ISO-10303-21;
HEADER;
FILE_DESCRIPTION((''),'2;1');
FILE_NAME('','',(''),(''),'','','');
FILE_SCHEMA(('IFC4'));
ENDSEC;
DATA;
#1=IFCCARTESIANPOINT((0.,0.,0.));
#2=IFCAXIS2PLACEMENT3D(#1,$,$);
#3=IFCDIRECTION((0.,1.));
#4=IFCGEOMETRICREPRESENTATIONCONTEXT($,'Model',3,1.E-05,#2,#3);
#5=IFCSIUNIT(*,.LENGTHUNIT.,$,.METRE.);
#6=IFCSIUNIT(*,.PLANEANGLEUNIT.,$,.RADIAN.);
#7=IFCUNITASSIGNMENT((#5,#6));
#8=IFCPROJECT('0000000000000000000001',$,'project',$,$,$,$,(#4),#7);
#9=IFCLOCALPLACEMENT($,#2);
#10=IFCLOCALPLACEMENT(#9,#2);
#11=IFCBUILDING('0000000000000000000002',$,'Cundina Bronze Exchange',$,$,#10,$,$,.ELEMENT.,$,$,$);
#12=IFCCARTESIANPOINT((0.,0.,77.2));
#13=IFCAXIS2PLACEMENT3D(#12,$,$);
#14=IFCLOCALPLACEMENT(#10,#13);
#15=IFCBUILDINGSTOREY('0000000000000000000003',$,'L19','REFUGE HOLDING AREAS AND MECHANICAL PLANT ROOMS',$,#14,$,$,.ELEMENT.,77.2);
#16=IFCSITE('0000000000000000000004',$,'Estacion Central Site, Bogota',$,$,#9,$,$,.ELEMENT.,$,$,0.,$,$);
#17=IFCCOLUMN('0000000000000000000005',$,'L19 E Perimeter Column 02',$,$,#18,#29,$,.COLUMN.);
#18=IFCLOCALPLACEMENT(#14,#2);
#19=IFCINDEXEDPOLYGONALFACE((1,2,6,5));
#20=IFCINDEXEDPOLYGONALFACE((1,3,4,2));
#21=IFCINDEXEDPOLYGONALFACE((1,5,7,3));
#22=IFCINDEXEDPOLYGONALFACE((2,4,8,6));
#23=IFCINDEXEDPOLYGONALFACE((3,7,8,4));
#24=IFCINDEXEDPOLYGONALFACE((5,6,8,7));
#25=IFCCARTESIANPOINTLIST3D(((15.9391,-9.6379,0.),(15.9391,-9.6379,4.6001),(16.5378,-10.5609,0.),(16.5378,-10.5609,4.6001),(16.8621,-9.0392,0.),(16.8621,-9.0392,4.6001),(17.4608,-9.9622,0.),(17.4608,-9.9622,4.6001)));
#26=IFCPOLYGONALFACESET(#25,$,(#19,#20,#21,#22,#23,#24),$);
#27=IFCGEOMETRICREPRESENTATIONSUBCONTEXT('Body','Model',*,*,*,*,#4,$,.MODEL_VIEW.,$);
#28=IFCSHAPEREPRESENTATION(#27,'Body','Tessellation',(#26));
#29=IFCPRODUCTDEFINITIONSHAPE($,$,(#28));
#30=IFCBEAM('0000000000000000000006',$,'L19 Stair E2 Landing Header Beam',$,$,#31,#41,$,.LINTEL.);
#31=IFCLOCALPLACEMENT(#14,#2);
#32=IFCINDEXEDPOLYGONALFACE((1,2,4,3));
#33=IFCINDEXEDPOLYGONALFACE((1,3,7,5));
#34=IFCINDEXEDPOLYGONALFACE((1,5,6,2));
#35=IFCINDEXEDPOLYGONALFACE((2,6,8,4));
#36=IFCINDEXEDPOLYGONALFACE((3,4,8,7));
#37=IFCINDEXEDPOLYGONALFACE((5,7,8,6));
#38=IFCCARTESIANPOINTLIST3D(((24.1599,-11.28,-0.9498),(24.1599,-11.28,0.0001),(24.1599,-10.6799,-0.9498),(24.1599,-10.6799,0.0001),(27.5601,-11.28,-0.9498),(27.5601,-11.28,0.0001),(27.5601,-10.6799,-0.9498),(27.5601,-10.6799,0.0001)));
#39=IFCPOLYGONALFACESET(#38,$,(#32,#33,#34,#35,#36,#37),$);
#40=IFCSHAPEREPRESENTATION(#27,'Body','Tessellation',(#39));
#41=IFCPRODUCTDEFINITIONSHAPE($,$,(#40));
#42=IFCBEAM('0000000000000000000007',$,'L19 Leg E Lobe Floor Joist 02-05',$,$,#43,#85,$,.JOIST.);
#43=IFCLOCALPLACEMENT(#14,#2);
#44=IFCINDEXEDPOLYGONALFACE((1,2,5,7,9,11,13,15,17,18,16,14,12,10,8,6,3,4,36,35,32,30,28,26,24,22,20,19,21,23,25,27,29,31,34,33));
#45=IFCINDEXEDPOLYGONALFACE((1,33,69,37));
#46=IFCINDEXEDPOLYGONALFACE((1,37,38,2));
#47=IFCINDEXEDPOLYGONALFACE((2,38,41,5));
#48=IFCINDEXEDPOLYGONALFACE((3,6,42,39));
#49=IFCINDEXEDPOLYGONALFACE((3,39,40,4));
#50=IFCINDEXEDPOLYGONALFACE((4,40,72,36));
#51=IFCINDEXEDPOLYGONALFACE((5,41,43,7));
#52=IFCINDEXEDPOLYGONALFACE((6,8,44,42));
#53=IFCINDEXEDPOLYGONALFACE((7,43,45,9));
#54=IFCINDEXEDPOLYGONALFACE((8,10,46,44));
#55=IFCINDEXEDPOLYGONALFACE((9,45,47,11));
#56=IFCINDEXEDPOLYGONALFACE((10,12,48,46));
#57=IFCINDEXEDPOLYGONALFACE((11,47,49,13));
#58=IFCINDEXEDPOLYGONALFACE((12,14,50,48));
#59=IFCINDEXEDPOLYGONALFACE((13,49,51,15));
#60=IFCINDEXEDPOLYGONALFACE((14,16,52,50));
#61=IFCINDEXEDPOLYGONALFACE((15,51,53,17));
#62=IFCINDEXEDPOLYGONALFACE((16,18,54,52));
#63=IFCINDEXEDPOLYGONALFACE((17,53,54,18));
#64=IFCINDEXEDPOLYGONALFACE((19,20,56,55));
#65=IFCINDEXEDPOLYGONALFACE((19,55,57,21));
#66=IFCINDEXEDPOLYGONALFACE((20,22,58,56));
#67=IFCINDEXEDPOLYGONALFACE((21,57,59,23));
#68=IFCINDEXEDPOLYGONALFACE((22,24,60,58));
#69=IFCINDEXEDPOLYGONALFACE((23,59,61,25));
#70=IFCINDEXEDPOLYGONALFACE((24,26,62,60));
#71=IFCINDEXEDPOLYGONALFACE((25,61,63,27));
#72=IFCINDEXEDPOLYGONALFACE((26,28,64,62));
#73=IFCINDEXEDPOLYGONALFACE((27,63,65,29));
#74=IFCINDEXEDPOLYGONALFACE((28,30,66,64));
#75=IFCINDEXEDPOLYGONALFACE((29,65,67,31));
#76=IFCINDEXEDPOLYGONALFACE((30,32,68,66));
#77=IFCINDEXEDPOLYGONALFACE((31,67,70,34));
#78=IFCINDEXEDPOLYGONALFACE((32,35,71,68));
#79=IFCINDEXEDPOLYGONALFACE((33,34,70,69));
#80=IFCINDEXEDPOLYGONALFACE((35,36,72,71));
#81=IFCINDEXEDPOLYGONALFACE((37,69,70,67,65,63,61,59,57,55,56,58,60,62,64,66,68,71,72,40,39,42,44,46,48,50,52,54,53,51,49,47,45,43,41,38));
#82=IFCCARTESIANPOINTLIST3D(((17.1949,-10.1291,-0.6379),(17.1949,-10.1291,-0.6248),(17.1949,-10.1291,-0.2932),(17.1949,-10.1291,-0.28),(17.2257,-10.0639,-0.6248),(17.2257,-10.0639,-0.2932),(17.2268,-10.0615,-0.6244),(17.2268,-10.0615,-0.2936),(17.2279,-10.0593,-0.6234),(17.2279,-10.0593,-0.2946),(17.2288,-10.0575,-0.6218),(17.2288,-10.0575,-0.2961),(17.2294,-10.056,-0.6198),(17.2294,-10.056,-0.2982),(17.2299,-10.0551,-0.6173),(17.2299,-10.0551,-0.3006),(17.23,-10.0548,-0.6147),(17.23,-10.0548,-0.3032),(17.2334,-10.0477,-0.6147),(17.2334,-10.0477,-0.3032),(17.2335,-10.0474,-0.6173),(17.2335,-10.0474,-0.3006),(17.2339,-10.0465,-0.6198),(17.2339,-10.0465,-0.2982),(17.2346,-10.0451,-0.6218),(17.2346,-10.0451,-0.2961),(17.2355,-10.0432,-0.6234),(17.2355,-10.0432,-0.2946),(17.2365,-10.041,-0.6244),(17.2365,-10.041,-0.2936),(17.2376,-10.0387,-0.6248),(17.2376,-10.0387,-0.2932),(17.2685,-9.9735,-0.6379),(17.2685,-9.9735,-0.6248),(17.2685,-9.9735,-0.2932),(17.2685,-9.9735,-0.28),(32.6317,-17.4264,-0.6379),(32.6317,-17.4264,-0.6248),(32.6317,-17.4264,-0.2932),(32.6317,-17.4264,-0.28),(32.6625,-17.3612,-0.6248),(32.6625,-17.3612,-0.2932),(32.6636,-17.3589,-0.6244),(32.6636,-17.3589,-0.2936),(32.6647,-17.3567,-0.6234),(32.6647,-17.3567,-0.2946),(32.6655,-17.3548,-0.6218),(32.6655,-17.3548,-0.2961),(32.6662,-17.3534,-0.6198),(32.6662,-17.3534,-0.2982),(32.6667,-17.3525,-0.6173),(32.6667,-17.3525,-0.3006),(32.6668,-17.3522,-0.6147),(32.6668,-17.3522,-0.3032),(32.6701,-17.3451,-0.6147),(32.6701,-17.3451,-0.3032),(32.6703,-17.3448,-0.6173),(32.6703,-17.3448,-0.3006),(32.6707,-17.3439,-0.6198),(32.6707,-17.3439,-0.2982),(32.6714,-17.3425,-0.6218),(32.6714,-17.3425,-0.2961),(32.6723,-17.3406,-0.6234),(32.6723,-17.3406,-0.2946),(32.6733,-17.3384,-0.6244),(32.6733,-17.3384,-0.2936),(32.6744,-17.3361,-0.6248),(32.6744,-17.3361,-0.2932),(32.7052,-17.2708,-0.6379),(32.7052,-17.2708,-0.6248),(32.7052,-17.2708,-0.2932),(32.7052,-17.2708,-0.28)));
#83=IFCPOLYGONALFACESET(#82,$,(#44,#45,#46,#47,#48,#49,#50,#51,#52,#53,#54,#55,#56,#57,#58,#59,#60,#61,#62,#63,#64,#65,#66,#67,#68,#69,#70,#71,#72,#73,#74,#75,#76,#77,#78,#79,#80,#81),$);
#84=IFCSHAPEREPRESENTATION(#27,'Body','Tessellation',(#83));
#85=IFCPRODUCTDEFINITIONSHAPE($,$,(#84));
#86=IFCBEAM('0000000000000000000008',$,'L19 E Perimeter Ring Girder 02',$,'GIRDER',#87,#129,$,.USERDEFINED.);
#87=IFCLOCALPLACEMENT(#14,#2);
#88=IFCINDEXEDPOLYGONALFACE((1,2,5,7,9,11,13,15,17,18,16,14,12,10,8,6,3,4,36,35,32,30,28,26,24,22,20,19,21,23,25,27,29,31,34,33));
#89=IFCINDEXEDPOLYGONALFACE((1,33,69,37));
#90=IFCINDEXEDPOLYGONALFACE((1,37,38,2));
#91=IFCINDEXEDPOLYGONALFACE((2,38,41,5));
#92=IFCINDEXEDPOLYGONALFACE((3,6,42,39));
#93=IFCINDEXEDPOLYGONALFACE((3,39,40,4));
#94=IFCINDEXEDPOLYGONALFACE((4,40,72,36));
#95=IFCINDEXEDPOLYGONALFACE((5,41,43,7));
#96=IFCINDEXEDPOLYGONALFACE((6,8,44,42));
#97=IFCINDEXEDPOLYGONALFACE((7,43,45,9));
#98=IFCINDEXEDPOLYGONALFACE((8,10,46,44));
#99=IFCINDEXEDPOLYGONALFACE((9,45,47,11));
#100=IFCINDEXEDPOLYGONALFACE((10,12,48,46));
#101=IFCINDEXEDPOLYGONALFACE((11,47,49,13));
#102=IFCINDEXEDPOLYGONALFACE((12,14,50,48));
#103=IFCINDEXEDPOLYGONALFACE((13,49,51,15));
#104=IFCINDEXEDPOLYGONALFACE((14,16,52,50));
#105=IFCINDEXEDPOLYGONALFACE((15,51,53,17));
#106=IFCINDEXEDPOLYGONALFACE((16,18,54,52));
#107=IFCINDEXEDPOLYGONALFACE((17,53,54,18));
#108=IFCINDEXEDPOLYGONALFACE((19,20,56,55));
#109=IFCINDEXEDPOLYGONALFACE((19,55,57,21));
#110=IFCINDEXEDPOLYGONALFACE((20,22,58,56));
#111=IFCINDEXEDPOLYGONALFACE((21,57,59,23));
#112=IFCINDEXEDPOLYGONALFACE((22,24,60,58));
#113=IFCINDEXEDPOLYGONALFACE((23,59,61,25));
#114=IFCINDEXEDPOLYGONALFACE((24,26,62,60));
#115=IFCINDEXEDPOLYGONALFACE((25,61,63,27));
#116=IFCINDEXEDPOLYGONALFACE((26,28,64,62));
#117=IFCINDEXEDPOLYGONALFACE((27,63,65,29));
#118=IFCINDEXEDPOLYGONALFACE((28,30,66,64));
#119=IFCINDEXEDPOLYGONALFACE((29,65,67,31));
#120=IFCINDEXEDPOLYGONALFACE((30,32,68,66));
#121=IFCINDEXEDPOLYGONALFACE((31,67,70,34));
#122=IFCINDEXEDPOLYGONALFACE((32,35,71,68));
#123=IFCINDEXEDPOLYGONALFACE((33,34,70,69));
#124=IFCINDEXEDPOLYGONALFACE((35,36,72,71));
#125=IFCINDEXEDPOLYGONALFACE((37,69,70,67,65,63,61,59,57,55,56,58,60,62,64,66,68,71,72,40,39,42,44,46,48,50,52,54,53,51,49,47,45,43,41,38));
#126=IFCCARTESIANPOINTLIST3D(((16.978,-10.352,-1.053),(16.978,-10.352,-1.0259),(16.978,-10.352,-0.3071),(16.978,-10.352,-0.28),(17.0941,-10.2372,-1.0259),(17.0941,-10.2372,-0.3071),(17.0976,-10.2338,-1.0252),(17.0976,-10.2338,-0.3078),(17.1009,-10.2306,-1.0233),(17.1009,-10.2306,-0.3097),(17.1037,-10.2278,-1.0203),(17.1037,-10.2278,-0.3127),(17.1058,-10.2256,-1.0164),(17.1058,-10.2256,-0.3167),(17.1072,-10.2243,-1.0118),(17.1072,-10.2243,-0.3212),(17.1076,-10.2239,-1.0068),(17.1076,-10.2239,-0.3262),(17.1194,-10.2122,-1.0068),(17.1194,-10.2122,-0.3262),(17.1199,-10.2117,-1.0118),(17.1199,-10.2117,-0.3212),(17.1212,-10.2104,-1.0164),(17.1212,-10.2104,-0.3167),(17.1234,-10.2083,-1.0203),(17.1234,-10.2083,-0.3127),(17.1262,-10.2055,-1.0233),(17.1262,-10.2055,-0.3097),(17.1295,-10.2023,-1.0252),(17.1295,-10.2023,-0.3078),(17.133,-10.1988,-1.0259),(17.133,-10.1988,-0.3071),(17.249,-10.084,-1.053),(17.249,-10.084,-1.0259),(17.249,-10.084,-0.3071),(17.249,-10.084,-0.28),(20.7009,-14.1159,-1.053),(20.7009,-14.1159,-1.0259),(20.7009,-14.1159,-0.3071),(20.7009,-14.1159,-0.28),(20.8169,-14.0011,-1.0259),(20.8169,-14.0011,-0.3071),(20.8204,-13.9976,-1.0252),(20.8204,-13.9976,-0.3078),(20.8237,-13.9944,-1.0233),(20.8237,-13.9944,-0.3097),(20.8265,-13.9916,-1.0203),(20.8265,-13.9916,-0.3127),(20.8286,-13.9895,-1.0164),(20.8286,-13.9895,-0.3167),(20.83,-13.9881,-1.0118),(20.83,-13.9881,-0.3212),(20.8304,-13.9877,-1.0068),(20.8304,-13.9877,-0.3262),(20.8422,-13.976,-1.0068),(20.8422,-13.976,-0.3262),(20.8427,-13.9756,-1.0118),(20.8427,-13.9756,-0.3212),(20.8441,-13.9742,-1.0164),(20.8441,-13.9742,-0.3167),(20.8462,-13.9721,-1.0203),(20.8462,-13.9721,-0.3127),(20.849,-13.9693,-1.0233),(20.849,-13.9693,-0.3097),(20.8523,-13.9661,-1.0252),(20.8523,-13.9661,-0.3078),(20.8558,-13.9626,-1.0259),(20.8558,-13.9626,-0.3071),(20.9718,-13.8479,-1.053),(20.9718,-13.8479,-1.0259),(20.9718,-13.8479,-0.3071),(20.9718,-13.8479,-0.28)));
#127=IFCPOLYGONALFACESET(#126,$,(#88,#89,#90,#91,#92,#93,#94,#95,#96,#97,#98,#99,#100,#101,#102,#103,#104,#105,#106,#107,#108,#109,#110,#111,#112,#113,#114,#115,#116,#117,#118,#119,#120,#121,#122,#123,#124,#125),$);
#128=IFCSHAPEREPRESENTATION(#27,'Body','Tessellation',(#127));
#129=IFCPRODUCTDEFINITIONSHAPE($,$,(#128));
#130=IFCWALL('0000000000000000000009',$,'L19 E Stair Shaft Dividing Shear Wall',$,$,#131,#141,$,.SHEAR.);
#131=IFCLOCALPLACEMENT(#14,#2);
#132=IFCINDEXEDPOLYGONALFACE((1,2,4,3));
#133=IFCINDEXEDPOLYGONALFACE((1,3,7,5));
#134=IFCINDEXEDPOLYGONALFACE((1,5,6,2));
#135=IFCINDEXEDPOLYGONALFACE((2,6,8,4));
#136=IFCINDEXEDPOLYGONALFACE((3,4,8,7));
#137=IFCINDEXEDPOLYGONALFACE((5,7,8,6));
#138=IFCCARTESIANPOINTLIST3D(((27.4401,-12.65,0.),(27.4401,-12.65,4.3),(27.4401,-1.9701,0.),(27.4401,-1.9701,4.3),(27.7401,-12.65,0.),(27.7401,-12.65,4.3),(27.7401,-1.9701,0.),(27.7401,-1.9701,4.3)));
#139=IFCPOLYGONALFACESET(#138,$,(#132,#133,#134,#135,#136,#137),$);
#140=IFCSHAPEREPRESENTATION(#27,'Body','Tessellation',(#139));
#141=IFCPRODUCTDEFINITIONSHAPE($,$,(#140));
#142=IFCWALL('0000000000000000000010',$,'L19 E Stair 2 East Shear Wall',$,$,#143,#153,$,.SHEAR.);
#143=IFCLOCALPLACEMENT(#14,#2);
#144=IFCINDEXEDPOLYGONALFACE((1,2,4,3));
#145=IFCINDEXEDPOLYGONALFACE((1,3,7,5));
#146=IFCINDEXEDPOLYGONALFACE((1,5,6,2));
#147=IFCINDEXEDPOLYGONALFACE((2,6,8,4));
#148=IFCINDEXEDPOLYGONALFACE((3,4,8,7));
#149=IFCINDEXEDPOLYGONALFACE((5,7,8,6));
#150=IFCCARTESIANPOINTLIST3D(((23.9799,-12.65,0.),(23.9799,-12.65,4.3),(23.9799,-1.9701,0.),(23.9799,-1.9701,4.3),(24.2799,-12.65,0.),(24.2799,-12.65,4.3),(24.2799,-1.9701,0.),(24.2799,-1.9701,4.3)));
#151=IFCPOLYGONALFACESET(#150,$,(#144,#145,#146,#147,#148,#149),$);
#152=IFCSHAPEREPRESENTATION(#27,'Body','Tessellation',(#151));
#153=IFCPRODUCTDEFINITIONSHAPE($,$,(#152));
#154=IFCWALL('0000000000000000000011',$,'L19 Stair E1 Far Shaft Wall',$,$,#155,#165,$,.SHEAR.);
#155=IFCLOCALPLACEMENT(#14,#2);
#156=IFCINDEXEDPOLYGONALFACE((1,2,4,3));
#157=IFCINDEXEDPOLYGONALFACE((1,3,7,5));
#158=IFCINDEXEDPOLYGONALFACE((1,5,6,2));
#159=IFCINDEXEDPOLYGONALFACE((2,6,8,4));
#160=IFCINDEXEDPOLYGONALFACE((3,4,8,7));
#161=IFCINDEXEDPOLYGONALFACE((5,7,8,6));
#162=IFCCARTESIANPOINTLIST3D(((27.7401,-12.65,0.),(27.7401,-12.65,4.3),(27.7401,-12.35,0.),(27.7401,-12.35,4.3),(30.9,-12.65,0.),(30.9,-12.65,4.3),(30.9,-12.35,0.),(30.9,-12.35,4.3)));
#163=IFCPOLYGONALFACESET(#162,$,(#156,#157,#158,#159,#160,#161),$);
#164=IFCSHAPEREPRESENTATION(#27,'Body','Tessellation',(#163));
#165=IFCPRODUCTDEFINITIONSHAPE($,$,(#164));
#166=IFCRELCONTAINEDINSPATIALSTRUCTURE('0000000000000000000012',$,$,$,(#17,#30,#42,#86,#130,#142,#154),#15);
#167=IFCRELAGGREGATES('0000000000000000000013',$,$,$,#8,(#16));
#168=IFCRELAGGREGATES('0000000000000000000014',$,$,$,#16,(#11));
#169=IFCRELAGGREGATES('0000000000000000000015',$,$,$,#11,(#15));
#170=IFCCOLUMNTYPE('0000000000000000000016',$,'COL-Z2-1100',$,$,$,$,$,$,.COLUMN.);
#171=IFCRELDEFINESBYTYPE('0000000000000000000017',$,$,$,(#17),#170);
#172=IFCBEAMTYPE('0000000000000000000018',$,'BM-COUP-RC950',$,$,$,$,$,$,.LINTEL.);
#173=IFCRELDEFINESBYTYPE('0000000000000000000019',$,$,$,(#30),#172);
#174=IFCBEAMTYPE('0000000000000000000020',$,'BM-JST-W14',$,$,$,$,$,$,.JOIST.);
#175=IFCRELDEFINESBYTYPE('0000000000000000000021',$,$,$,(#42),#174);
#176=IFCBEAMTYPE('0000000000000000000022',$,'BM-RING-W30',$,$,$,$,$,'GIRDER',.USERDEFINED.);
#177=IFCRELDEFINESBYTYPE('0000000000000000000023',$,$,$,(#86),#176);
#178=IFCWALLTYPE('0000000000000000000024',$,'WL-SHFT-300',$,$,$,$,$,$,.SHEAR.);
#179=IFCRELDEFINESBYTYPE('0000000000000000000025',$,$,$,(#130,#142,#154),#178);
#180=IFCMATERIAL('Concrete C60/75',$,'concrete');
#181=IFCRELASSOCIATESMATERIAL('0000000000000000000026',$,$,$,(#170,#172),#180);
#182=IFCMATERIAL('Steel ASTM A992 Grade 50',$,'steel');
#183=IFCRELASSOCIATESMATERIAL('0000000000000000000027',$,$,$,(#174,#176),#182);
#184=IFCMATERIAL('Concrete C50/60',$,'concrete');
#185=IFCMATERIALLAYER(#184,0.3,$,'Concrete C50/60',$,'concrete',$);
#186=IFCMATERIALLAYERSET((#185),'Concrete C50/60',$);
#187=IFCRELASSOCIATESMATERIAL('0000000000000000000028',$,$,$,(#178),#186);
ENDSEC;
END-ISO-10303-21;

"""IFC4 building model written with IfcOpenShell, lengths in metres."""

from ifc_helpers import new_model, si_unit, direction, frame, frame_2d, origin, origin_2d, place, context, subcontext, project, spatial, rectangle, i_section, extrude, material, layer, layer_set, material_profile, profile_set, type_object, element, save


model = new_model("IFC4")

# Units and contexts
model_context = context("Model", 3, precision=1e-05, world=origin(), true_north=direction((0.0, 1.0)))
body_context = subcontext(model_context, "Body", "Model", "MODEL_VIEW")
ifc_project = project(units=[si_unit("LENGTHUNIT", "METRE"), si_unit("PLANEANGLEUNIT", "RADIAN")], contexts=[model_context])

# Site, building, storey
site_placement = place(None, origin())
site = spatial("IfcSite", under=ifc_project, at=site_placement, Name="Estacion Central Site, Bogota", CompositionType="ELEMENT", RefElevation=0.0)
building_placement = place(site_placement, origin())
building = spatial("IfcBuilding", under=site, at=building_placement, Name="Cundina Bronze Exchange", CompositionType="ELEMENT")
storey_placement = place(building_placement, frame((0.0, 0.0, 77.2)))
storey = spatial("IfcBuildingStorey", under=building, at=storey_placement, Name="L19", Description="REFUGE HOLDING AREAS AND MECHANICAL PLANT ROOMS", CompositionType="ELEMENT", Elevation=77.2)

# Column
ifc_material_1 = material(Name="Concrete C60/75", Category="concrete")
ifc_material_profile_1 = material_profile(ifc_material_1, rectangle(XDim=1.1001, YDim=1.1001, at=origin_2d()), Name="RC1100X1100", Category="concrete")
ifc_profile_set_1 = profile_set([ifc_material_profile_1], Name="Concrete C60/75")
column_type = type_object("IfcColumnType", Name="COL-Z2-1100", PredefinedType="COLUMN", material=ifc_profile_set_1)
column_placement = place(storey_placement, frame((16.7, -9.8, 0.0), z_axis=(0.0, 0.0, 1.0), x_axis=(0.5442, -0.838956, 0.0)))
element("IfcColumn", 1, at=column_placement, inside=storey, type_object=column_type, Name="L19 E Perimeter Column 02", PredefinedType="COLUMN", context=body_context, shape_type="SweptSolid", body=[
    extrude(rectangle(XDim=1.1001, YDim=1.1001, at=origin_2d()), origin(), (0.0, 0.0, 1.0), 4.6001),
])

# Beams
ifc_material_profile_2 = material_profile(ifc_material_1, rectangle(XDim=0.6001, YDim=0.95, at=origin_2d()), Name="RC600X950", Category="concrete")
ifc_profile_set_2 = profile_set([ifc_material_profile_2], Name="Concrete C60/75")
beam_type_1 = type_object("IfcBeamType", Name="BM-COUP-RC950", PredefinedType="LINTEL", material=ifc_profile_set_2)
beam_1_placement = place(storey_placement, frame((24.1599, -10.98, -0.4749), z_axis=(1.0, 0.0, 0.0), x_axis=(0.0, 1.0, 0.0)))
element("IfcBeam", 2, at=beam_1_placement, inside=storey, type_object=beam_type_1, Name="L19 Stair E2 Landing Header Beam", PredefinedType="LINTEL", context=body_context, shape_type="SweptSolid", body=[
    extrude(rectangle(XDim=0.6001, YDim=0.95, at=origin_2d()), origin(), (0.0, 0.0, 1.0), 3.4001),
])
ifc_material_2 = material(Name="Steel ASTM A992 Grade 50", Category="steel")
ifc_material_profile_3 = material_profile(ifc_material_2, i_section(OverallWidth=0.1721, OverallDepth=0.3579, WebThickness=0.0078, FlangeThickness=0.0132, FilletRadius=0.01, at=origin_2d()), Name="W14X38", Category="steel")
ifc_profile_set_3 = profile_set([ifc_material_profile_3], Name="Steel ASTM A992 Grade 50")
beam_type_2 = type_object("IfcBeamType", Name="BM-JST-W14", PredefinedType="JOIST", material=ifc_profile_set_3)
beam_2_placement = place(storey_placement, frame((17.2317, -10.0513, -0.459), z_axis=(0.904073, -0.427379, 0.0), x_axis=(0.427379, 0.904073, 0.0)))
element("IfcBeam", 3, at=beam_2_placement, inside=storey, type_object=beam_type_2, Name="L19 Leg E Lobe Floor Joist 02-05", PredefinedType="JOIST", context=body_context, shape_type="SweptSolid", body=[
    extrude(i_section(OverallWidth=0.1721, OverallDepth=0.3579, WebThickness=0.0078, FlangeThickness=0.0132, FilletRadius=0.01, at=origin_2d()), origin(), (0.0, 0.0, 1.0), 17.0747),
])
ifc_material_profile_4 = material_profile(ifc_material_2, i_section(OverallWidth=0.3811, OverallDepth=0.7729, WebThickness=0.0166, FlangeThickness=0.0271, FilletRadius=0.019, at=origin_2d()), Name="W30X173", Category="steel")
ifc_profile_set_4 = profile_set([ifc_material_profile_4], Name="Steel ASTM A992 Grade 50")
beam_type_3 = type_object("IfcBeamType", Name="BM-RING-W30", ElementType="GIRDER", PredefinedType="USERDEFINED", material=ifc_profile_set_4)
beam_3_placement = place(storey_placement, frame((17.1135, -10.218, -0.6665), z_axis=(0.703222, -0.71097, 0.0), x_axis=(0.71097, 0.703222, 0.0)))
element("IfcBeam", 4, at=beam_3_placement, inside=storey, type_object=beam_type_3, Name="L19 E Perimeter Ring Girder 02", ObjectType="GIRDER", PredefinedType="USERDEFINED", context=body_context, shape_type="SweptSolid", body=[
    extrude(i_section(OverallWidth=0.3811, OverallDepth=0.7729, WebThickness=0.0166, FlangeThickness=0.0271, FilletRadius=0.019, at=origin_2d()), origin(), (0.0, 0.0, 1.0), 5.2939),
])

# Walls
ifc_material_3 = material(Name="Concrete C50/60", Category="concrete")
ifc_layer_1 = layer(ifc_material_3, 0.3, Name="Concrete C50/60", Category="concrete")
ifc_layer_set_1 = layer_set([ifc_layer_1], Name="Concrete C50/60")
wall_type_1 = type_object("IfcWallType", Name="WL-SHFT-300", PredefinedType="SHEAR", material=ifc_layer_set_1)
for number, where, z_axis, x_axis, name in (
    (5, (27.5901, -12.6499, 0.0), (0.0, 0.0, 1.0), (0.0, 1.0, 0.0), "L19 E Stair Shaft Dividing Shear Wall"),
    (6, (24.1299, -12.6499, 0.0), (0.0, 0.0, 1.0), (0.0, 1.0, 0.0), "L19 E Stair 2 East Shear Wall"),
):
    element("IfcWall", number, at=place(storey_placement, frame(where, z_axis=z_axis, x_axis=x_axis)), inside=storey, type_object=wall_type_1, Name=name, PredefinedType="SHEAR", context=body_context, shape_type="SweptSolid", body=[
        extrude(rectangle(XDim=10.6799, YDim=0.3, at=frame_2d((5.3398, 0.0))), origin(), (0.0, 0.0, 1.0), 4.3),
    ])
wall_1_placement = place(storey_placement, frame((27.74, -12.5, 0.0), z_axis=(0.0, 0.0, 1.0), x_axis=(1.0, 0.0, 0.0)))
element("IfcWall", 7, at=wall_1_placement, inside=storey, type_object=wall_type_1, Name="L19 Stair E1 Far Shaft Wall", PredefinedType="SHEAR", context=body_context, shape_type="SweptSolid", body=[
    extrude(rectangle(XDim=3.1599, YDim=0.3, at=frame_2d((1.5801, 0.0))), origin(), (0.0, 0.0, 1.0), 4.3),
])

save(model, "model.ifc")
